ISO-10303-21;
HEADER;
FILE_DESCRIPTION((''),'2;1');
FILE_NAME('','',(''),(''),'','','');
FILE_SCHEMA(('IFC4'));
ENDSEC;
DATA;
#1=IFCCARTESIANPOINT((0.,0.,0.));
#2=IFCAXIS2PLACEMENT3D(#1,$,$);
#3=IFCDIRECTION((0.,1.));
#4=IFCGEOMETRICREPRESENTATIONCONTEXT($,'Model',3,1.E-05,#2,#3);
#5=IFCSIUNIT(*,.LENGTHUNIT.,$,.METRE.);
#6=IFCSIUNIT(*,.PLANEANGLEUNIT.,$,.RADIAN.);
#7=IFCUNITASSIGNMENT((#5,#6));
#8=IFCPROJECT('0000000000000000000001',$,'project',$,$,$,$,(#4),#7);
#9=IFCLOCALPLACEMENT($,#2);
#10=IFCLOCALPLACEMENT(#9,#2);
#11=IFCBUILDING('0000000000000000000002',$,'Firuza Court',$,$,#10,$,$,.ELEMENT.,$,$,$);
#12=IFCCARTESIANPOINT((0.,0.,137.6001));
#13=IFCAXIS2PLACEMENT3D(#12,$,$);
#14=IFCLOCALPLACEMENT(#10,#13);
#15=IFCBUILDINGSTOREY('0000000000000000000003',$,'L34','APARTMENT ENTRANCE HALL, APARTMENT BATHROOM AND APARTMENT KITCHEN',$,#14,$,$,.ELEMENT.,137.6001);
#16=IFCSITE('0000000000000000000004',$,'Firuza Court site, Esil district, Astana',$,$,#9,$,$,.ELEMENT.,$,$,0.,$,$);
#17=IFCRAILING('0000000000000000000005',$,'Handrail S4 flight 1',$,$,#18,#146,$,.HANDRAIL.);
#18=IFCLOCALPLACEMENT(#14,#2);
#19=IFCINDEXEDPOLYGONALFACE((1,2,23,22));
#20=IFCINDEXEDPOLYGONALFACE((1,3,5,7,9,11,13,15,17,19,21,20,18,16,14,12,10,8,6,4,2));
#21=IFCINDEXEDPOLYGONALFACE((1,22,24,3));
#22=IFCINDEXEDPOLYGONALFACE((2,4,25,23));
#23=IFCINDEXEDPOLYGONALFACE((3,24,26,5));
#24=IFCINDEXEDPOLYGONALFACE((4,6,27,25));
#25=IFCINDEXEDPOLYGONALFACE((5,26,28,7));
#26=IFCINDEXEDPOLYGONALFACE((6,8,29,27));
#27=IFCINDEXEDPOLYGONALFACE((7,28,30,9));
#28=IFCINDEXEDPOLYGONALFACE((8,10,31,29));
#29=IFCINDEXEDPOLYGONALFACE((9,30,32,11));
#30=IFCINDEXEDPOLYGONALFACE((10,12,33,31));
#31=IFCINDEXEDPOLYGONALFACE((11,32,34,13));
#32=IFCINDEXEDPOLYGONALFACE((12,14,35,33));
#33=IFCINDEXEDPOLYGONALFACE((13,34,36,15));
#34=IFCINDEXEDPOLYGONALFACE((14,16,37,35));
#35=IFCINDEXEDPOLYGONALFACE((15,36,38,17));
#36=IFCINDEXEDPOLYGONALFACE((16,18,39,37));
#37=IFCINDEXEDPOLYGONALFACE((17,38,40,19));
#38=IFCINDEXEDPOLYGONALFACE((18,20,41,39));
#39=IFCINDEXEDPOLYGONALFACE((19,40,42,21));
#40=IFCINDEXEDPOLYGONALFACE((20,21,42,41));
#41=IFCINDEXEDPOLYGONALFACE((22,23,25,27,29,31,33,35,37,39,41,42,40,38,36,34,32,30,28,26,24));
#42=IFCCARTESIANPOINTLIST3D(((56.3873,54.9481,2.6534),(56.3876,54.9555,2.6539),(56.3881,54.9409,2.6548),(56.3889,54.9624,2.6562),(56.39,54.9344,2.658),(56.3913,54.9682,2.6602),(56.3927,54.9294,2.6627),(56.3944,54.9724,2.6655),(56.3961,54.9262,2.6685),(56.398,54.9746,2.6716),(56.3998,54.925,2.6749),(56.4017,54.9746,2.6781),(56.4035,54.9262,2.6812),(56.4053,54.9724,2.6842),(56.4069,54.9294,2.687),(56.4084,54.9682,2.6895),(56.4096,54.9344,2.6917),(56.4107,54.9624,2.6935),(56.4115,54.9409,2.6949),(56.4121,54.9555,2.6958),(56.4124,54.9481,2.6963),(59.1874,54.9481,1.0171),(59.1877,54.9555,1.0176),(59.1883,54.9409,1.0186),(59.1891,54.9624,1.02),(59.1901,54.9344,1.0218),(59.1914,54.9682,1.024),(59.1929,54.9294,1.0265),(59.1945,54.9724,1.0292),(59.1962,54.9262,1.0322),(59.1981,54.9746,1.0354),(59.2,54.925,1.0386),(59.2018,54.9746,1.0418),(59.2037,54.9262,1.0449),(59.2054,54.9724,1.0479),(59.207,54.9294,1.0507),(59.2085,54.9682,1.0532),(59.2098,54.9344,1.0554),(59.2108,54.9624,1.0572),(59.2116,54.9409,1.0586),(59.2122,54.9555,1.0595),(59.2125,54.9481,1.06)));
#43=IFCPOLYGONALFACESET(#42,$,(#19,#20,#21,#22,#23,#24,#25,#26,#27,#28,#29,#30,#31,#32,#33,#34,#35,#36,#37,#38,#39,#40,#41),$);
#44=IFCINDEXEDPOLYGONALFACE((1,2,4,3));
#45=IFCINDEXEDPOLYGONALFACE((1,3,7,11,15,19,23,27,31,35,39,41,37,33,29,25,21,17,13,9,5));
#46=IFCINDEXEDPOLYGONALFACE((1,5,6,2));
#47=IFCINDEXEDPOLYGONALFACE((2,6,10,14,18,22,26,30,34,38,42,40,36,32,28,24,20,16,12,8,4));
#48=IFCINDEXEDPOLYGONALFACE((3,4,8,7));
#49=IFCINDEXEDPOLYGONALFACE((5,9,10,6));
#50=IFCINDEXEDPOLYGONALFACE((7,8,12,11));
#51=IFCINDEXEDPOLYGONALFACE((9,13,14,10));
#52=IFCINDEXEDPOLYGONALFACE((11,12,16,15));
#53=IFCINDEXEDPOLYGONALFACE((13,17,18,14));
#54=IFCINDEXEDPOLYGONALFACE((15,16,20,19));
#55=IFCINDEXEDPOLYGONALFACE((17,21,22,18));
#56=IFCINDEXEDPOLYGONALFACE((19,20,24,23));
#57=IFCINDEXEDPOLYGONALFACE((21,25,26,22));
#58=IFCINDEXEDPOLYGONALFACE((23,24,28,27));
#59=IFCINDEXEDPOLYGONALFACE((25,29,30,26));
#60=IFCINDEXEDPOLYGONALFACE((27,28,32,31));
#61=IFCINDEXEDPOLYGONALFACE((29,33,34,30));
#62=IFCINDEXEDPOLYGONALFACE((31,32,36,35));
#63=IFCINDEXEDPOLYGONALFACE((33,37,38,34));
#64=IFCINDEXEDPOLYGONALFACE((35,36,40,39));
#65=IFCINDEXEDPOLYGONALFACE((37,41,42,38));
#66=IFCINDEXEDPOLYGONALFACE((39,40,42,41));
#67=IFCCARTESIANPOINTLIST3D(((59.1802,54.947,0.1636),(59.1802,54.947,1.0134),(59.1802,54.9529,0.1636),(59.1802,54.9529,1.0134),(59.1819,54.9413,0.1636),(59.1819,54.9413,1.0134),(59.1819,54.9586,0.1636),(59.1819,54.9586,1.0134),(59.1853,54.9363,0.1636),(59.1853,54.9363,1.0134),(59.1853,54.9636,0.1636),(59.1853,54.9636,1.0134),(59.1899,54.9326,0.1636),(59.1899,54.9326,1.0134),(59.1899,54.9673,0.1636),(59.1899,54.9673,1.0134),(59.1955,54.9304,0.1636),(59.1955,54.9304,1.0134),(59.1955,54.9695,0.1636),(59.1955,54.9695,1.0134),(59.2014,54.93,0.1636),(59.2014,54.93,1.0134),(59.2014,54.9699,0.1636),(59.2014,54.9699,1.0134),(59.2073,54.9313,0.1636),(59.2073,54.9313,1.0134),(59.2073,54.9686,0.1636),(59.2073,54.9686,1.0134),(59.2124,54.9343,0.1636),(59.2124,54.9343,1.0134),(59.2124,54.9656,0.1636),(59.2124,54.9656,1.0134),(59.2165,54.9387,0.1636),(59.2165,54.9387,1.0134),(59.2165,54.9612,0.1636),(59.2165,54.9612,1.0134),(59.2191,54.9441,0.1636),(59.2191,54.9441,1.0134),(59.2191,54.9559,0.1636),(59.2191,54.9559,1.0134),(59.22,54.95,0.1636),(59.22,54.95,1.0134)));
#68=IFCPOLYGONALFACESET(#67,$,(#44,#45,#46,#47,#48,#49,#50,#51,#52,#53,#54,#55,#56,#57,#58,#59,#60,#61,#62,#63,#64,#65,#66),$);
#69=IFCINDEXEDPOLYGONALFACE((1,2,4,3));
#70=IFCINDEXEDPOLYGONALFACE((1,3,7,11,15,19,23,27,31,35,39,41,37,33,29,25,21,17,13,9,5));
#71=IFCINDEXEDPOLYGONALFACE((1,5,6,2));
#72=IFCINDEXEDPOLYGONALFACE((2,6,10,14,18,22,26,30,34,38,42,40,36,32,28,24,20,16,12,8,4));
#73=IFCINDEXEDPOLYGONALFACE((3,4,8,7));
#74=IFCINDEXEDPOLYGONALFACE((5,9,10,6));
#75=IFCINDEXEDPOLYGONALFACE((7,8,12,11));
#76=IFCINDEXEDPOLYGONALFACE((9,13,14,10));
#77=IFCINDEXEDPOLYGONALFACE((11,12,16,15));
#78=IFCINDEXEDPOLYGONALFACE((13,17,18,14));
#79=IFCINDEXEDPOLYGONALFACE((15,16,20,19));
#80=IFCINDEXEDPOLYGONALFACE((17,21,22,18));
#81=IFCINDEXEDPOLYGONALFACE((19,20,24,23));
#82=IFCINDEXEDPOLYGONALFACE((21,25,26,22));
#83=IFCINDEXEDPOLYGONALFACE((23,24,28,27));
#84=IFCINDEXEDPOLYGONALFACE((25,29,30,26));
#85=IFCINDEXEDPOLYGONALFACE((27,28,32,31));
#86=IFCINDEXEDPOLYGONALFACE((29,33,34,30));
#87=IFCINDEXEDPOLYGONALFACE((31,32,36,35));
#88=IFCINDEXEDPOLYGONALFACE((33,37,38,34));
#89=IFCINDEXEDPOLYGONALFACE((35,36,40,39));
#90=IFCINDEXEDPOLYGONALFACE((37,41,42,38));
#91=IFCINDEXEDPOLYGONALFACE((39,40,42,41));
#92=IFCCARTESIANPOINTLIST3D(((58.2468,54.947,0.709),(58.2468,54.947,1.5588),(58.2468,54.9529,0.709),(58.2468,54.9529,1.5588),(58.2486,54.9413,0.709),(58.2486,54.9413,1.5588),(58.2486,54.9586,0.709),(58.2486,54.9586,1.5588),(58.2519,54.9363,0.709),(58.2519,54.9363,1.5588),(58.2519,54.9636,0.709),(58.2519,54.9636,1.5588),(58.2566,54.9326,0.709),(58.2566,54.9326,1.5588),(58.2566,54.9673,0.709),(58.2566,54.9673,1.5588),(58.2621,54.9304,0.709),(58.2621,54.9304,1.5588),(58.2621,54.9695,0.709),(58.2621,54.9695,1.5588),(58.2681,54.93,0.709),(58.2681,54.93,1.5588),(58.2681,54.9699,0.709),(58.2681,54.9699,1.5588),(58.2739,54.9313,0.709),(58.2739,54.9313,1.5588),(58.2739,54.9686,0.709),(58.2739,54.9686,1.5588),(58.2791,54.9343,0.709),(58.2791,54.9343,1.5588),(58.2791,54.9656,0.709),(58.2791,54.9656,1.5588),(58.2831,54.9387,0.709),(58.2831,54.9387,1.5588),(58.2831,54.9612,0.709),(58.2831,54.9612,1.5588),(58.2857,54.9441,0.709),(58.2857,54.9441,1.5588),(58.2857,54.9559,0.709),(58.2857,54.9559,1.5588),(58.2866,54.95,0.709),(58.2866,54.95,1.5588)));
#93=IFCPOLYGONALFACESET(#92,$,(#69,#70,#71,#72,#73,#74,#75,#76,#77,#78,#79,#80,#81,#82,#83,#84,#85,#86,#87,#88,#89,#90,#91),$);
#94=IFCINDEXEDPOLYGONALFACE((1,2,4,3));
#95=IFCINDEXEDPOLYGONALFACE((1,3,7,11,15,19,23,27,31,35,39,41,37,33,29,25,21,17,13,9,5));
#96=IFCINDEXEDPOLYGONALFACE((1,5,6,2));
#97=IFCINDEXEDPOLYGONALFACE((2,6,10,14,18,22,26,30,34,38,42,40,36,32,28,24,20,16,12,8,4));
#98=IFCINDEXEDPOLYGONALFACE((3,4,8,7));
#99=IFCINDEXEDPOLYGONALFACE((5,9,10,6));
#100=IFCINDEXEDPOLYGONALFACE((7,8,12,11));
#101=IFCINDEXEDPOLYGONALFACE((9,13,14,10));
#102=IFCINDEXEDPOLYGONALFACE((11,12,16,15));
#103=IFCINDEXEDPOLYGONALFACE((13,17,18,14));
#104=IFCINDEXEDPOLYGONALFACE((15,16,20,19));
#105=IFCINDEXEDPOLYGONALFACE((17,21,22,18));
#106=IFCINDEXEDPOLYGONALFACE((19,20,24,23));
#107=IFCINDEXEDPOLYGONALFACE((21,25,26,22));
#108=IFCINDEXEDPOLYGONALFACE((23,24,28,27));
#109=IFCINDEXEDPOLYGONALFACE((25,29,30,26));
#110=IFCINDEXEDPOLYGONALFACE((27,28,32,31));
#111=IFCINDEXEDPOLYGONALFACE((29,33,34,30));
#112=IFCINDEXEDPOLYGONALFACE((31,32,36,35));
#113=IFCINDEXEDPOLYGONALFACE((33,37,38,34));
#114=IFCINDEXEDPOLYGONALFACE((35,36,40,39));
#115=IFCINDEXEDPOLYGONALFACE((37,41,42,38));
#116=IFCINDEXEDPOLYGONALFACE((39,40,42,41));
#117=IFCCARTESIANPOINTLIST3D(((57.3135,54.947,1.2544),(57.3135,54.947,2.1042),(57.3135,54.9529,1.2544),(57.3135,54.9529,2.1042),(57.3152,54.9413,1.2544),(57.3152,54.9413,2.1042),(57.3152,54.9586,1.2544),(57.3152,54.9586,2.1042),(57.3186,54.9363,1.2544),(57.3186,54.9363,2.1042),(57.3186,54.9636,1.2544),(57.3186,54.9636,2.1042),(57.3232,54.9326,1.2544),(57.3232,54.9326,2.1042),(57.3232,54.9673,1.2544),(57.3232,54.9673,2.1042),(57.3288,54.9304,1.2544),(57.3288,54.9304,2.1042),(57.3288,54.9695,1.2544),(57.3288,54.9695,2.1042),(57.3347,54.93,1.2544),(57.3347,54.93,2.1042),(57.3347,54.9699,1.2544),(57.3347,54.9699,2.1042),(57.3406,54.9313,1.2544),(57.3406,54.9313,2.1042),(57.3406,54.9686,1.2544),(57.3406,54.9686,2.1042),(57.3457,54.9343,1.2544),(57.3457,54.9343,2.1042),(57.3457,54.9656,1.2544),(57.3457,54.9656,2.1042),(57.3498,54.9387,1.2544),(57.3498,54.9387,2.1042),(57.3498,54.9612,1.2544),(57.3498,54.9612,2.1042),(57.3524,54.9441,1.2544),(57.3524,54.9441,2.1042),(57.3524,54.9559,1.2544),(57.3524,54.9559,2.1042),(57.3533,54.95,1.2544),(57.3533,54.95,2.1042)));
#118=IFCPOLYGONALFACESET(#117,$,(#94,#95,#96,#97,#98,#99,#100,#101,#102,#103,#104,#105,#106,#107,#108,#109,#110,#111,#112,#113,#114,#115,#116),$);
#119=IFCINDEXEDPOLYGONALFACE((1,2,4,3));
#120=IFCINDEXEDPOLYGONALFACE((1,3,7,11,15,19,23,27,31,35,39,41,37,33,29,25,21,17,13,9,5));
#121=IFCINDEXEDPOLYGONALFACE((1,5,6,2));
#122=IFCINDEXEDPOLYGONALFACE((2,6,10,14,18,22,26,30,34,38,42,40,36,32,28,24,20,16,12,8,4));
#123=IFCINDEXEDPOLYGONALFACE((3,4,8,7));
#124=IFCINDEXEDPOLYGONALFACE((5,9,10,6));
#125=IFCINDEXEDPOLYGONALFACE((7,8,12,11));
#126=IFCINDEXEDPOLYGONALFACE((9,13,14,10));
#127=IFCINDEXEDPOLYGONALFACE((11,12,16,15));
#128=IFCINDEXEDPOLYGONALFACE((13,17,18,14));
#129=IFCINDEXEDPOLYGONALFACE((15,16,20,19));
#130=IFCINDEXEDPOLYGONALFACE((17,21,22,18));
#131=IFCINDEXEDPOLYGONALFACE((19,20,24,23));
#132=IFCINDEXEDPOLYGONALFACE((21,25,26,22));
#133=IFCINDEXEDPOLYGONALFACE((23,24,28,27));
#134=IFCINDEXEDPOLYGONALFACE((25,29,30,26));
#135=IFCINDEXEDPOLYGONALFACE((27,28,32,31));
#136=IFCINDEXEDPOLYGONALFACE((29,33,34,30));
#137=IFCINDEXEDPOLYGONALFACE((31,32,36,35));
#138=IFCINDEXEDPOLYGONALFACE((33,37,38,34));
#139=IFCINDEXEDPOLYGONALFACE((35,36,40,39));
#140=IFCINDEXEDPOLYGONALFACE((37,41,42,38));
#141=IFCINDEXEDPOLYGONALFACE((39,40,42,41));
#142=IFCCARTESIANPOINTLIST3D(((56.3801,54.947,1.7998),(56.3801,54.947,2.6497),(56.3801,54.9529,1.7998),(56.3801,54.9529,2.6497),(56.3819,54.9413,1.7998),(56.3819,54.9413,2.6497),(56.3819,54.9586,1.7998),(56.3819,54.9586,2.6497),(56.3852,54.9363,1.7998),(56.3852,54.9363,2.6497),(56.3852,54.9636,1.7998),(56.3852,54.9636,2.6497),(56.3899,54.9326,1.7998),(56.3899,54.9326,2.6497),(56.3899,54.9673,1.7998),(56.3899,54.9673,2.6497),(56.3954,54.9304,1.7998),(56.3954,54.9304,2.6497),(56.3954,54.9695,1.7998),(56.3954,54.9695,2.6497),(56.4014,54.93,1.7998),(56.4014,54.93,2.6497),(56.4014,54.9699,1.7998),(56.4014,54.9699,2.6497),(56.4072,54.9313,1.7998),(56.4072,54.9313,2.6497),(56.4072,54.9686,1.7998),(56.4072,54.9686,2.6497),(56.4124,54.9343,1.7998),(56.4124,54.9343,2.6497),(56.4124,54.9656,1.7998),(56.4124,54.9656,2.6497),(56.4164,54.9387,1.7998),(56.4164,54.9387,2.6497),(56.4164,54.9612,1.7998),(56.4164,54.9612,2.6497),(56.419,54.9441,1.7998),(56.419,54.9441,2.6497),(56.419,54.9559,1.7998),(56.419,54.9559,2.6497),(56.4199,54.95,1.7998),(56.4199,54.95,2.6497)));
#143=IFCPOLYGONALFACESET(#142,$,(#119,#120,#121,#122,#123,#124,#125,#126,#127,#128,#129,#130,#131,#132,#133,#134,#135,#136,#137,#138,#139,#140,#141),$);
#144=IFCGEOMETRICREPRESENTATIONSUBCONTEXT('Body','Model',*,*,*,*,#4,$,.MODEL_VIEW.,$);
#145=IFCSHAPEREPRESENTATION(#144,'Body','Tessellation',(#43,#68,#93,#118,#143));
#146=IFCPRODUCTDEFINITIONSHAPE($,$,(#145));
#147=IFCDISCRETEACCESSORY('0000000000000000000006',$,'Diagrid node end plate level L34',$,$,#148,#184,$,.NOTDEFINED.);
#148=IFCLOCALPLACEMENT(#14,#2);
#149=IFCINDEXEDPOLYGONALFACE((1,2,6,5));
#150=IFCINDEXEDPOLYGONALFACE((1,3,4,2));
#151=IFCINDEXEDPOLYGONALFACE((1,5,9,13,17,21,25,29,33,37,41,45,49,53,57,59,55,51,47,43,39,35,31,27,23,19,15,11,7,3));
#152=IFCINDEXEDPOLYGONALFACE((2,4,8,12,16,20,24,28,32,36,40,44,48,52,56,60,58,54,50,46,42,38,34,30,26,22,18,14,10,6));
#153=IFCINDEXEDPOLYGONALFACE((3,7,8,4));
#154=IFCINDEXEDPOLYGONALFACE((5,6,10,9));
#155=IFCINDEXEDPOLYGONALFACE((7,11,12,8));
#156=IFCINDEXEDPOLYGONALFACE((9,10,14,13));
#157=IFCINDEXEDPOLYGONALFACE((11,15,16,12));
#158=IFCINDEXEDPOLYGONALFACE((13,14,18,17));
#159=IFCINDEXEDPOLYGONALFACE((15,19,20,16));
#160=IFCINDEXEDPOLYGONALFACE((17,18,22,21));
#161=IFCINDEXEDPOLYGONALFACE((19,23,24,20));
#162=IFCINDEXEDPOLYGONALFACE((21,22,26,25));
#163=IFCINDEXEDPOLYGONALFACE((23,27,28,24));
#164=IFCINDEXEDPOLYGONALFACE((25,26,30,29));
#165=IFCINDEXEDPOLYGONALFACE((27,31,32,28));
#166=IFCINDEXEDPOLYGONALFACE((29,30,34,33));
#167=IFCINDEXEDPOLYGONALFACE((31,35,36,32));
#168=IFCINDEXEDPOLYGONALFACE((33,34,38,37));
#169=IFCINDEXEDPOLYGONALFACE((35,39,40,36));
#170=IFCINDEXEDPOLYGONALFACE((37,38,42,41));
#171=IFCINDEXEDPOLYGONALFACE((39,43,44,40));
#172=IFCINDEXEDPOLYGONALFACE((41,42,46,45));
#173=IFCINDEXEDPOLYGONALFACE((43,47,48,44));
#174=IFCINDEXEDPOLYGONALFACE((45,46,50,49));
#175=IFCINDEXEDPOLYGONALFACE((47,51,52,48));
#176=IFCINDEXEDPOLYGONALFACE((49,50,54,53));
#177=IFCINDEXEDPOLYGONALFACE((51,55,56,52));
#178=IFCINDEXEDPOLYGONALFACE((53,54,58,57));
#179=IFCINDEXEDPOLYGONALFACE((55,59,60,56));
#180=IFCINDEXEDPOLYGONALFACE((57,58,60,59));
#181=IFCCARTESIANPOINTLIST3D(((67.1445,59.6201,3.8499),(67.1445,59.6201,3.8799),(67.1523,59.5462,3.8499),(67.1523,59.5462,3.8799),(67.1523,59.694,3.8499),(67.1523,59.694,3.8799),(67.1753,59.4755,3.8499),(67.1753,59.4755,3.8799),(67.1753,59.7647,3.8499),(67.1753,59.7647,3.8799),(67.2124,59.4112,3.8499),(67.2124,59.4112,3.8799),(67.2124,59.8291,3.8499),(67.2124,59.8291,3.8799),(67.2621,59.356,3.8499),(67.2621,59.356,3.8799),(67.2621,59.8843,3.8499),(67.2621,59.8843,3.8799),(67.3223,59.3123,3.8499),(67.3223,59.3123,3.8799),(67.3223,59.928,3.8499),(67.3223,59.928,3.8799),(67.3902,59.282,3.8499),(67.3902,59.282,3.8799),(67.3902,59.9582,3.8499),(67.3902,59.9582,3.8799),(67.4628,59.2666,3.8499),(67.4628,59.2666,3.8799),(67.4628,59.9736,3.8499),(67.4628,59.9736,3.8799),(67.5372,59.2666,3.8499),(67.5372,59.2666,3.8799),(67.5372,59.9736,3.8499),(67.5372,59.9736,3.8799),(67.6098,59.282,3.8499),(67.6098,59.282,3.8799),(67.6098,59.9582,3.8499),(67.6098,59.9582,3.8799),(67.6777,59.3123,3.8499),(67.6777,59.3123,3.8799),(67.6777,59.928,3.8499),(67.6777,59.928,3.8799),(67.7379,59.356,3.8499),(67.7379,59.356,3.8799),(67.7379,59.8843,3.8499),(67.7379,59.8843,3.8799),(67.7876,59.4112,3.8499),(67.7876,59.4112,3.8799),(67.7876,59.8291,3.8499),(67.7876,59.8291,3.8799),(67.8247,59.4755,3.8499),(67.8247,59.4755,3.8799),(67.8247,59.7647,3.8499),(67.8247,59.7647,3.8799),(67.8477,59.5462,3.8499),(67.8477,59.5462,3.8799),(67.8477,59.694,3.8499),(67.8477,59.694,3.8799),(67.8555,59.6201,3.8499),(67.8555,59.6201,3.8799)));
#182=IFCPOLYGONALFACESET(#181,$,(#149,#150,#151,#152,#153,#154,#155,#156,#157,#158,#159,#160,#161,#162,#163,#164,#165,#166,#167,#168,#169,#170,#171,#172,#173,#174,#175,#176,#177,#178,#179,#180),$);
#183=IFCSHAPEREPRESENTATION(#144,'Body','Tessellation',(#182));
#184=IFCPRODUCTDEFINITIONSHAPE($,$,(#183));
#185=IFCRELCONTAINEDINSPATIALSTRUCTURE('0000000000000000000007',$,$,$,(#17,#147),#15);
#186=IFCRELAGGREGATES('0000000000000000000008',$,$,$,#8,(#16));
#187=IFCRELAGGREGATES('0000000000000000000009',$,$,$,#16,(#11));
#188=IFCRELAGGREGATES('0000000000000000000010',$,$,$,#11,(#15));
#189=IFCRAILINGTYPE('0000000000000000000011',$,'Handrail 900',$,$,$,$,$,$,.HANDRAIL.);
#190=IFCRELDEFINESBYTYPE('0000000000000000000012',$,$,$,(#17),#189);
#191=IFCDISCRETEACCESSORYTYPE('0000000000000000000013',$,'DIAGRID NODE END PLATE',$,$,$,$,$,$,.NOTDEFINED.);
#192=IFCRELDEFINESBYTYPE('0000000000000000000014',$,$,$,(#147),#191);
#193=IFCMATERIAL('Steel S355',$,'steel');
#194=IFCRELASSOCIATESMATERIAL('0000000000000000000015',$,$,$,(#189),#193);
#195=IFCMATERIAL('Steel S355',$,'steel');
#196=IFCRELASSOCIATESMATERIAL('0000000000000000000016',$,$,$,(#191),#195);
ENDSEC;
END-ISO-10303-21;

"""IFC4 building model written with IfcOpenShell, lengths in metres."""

from ifc_helpers import new_model, si_unit, direction, frame, origin, origin_2d, place, context, subcontext, project, spatial, circle, extrude, material, material_profile, profile_set, type_object, element, save


model = new_model("IFC4")

# Units and contexts
model_context = context("Model", 3, precision=1e-05, world=origin(), true_north=direction((0.0, 1.0)))
body_context = subcontext(model_context, "Body", "Model", "MODEL_VIEW")
ifc_project = project(units=[si_unit("LENGTHUNIT", "METRE"), si_unit("PLANEANGLEUNIT", "RADIAN")], contexts=[model_context])

# Site, building, storey
site_placement = place(None, origin())
site = spatial("IfcSite", under=ifc_project, at=site_placement, Name="Firuza Court site, Esil district, Astana", CompositionType="ELEMENT", RefElevation=0.0)
building_placement = place(site_placement, origin())
building = spatial("IfcBuilding", under=site, at=building_placement, Name="Firuza Court", CompositionType="ELEMENT")
storey_placement = place(building_placement, frame((0.0, 0.0, 137.6001)))
storey = spatial("IfcBuildingStorey", under=building, at=storey_placement, Name="L34", Description="APARTMENT ENTRANCE HALL, APARTMENT BATHROOM AND APARTMENT KITCHEN", CompositionType="ELEMENT", Elevation=137.6001)

# Railing
ifc_material_1 = material(Name="Steel S355", Category="steel")
railing_type_1 = type_object("IfcRailingType", Name="Handrail 900", PredefinedType="HANDRAIL", material=ifc_material_1)
railing_1_placement = place(storey_placement, frame((59.2, 54.95, 0.1636)))
element("IfcRailing", 1, at=railing_1_placement, inside=storey, type_object=railing_type_1, Name="Handrail S4 flight 1", PredefinedType="HANDRAIL", context=body_context, shape_type="SweptSolid", body=[
    extrude(circle(Radius=0.0249, at=origin_2d()), frame((0.0, 0.0, 0.875), z_axis=(-0.863394, 0.0, 0.504531), x_axis=(0.0, -1.0, 0.0)), (0.0, 0.0, 1.0), 3.2432),
    extrude(circle(Radius=0.02, at=origin_2d()), origin(), (0.0, 0.0, 1.0), 0.8499),
    extrude(circle(Radius=0.02, at=origin_2d()), frame((-0.9333, 0.0, 0.5454)), (0.0, 0.0, 1.0), 0.8499),
    extrude(circle(Radius=0.02, at=origin_2d()), frame((-1.8667, 0.0, 1.0908)), (0.0, 0.0, 1.0), 0.8499),
    extrude(circle(Radius=0.02, at=origin_2d()), frame((-2.8, 0.0, 1.6362)), (0.0, 0.0, 1.0), 0.8499),
])

# Discrete accessory
ifc_material_2 = material(Name="Steel S355", Category="steel")
ifc_material_profile_1 = material_profile(ifc_material_2, circle(Radius=0.3555, at=origin_2d()), Name="PL D711")
ifc_profile_set_1 = profile_set([ifc_material_profile_1], Name="Steel S355")
discrete_accessory_type = type_object("IfcDiscreteAccessoryType", Name="DIAGRID NODE END PLATE", PredefinedType="NOTDEFINED", material=ifc_profile_set_1)
for number, where, z_axis, x_axis, name in (
    (2, (67.5, 59.6201, 3.8499), (0.0, 0.0, 1.0), (1.0, 0.0, 0.0), "Diagrid node end plate level L34"),
):
    element("IfcDiscreteAccessory", number, at=place(storey_placement, frame(where, z_axis=z_axis, x_axis=x_axis)), inside=storey, type_object=discrete_accessory_type, Name=name, PredefinedType="NOTDEFINED", context=body_context, shape_type="SweptSolid", body=[
        extrude(circle(Radius=0.3555, at=origin_2d()), origin(), (0.0, 0.0, 1.0), 0.03),
    ])

save(model, "model.ifc")
